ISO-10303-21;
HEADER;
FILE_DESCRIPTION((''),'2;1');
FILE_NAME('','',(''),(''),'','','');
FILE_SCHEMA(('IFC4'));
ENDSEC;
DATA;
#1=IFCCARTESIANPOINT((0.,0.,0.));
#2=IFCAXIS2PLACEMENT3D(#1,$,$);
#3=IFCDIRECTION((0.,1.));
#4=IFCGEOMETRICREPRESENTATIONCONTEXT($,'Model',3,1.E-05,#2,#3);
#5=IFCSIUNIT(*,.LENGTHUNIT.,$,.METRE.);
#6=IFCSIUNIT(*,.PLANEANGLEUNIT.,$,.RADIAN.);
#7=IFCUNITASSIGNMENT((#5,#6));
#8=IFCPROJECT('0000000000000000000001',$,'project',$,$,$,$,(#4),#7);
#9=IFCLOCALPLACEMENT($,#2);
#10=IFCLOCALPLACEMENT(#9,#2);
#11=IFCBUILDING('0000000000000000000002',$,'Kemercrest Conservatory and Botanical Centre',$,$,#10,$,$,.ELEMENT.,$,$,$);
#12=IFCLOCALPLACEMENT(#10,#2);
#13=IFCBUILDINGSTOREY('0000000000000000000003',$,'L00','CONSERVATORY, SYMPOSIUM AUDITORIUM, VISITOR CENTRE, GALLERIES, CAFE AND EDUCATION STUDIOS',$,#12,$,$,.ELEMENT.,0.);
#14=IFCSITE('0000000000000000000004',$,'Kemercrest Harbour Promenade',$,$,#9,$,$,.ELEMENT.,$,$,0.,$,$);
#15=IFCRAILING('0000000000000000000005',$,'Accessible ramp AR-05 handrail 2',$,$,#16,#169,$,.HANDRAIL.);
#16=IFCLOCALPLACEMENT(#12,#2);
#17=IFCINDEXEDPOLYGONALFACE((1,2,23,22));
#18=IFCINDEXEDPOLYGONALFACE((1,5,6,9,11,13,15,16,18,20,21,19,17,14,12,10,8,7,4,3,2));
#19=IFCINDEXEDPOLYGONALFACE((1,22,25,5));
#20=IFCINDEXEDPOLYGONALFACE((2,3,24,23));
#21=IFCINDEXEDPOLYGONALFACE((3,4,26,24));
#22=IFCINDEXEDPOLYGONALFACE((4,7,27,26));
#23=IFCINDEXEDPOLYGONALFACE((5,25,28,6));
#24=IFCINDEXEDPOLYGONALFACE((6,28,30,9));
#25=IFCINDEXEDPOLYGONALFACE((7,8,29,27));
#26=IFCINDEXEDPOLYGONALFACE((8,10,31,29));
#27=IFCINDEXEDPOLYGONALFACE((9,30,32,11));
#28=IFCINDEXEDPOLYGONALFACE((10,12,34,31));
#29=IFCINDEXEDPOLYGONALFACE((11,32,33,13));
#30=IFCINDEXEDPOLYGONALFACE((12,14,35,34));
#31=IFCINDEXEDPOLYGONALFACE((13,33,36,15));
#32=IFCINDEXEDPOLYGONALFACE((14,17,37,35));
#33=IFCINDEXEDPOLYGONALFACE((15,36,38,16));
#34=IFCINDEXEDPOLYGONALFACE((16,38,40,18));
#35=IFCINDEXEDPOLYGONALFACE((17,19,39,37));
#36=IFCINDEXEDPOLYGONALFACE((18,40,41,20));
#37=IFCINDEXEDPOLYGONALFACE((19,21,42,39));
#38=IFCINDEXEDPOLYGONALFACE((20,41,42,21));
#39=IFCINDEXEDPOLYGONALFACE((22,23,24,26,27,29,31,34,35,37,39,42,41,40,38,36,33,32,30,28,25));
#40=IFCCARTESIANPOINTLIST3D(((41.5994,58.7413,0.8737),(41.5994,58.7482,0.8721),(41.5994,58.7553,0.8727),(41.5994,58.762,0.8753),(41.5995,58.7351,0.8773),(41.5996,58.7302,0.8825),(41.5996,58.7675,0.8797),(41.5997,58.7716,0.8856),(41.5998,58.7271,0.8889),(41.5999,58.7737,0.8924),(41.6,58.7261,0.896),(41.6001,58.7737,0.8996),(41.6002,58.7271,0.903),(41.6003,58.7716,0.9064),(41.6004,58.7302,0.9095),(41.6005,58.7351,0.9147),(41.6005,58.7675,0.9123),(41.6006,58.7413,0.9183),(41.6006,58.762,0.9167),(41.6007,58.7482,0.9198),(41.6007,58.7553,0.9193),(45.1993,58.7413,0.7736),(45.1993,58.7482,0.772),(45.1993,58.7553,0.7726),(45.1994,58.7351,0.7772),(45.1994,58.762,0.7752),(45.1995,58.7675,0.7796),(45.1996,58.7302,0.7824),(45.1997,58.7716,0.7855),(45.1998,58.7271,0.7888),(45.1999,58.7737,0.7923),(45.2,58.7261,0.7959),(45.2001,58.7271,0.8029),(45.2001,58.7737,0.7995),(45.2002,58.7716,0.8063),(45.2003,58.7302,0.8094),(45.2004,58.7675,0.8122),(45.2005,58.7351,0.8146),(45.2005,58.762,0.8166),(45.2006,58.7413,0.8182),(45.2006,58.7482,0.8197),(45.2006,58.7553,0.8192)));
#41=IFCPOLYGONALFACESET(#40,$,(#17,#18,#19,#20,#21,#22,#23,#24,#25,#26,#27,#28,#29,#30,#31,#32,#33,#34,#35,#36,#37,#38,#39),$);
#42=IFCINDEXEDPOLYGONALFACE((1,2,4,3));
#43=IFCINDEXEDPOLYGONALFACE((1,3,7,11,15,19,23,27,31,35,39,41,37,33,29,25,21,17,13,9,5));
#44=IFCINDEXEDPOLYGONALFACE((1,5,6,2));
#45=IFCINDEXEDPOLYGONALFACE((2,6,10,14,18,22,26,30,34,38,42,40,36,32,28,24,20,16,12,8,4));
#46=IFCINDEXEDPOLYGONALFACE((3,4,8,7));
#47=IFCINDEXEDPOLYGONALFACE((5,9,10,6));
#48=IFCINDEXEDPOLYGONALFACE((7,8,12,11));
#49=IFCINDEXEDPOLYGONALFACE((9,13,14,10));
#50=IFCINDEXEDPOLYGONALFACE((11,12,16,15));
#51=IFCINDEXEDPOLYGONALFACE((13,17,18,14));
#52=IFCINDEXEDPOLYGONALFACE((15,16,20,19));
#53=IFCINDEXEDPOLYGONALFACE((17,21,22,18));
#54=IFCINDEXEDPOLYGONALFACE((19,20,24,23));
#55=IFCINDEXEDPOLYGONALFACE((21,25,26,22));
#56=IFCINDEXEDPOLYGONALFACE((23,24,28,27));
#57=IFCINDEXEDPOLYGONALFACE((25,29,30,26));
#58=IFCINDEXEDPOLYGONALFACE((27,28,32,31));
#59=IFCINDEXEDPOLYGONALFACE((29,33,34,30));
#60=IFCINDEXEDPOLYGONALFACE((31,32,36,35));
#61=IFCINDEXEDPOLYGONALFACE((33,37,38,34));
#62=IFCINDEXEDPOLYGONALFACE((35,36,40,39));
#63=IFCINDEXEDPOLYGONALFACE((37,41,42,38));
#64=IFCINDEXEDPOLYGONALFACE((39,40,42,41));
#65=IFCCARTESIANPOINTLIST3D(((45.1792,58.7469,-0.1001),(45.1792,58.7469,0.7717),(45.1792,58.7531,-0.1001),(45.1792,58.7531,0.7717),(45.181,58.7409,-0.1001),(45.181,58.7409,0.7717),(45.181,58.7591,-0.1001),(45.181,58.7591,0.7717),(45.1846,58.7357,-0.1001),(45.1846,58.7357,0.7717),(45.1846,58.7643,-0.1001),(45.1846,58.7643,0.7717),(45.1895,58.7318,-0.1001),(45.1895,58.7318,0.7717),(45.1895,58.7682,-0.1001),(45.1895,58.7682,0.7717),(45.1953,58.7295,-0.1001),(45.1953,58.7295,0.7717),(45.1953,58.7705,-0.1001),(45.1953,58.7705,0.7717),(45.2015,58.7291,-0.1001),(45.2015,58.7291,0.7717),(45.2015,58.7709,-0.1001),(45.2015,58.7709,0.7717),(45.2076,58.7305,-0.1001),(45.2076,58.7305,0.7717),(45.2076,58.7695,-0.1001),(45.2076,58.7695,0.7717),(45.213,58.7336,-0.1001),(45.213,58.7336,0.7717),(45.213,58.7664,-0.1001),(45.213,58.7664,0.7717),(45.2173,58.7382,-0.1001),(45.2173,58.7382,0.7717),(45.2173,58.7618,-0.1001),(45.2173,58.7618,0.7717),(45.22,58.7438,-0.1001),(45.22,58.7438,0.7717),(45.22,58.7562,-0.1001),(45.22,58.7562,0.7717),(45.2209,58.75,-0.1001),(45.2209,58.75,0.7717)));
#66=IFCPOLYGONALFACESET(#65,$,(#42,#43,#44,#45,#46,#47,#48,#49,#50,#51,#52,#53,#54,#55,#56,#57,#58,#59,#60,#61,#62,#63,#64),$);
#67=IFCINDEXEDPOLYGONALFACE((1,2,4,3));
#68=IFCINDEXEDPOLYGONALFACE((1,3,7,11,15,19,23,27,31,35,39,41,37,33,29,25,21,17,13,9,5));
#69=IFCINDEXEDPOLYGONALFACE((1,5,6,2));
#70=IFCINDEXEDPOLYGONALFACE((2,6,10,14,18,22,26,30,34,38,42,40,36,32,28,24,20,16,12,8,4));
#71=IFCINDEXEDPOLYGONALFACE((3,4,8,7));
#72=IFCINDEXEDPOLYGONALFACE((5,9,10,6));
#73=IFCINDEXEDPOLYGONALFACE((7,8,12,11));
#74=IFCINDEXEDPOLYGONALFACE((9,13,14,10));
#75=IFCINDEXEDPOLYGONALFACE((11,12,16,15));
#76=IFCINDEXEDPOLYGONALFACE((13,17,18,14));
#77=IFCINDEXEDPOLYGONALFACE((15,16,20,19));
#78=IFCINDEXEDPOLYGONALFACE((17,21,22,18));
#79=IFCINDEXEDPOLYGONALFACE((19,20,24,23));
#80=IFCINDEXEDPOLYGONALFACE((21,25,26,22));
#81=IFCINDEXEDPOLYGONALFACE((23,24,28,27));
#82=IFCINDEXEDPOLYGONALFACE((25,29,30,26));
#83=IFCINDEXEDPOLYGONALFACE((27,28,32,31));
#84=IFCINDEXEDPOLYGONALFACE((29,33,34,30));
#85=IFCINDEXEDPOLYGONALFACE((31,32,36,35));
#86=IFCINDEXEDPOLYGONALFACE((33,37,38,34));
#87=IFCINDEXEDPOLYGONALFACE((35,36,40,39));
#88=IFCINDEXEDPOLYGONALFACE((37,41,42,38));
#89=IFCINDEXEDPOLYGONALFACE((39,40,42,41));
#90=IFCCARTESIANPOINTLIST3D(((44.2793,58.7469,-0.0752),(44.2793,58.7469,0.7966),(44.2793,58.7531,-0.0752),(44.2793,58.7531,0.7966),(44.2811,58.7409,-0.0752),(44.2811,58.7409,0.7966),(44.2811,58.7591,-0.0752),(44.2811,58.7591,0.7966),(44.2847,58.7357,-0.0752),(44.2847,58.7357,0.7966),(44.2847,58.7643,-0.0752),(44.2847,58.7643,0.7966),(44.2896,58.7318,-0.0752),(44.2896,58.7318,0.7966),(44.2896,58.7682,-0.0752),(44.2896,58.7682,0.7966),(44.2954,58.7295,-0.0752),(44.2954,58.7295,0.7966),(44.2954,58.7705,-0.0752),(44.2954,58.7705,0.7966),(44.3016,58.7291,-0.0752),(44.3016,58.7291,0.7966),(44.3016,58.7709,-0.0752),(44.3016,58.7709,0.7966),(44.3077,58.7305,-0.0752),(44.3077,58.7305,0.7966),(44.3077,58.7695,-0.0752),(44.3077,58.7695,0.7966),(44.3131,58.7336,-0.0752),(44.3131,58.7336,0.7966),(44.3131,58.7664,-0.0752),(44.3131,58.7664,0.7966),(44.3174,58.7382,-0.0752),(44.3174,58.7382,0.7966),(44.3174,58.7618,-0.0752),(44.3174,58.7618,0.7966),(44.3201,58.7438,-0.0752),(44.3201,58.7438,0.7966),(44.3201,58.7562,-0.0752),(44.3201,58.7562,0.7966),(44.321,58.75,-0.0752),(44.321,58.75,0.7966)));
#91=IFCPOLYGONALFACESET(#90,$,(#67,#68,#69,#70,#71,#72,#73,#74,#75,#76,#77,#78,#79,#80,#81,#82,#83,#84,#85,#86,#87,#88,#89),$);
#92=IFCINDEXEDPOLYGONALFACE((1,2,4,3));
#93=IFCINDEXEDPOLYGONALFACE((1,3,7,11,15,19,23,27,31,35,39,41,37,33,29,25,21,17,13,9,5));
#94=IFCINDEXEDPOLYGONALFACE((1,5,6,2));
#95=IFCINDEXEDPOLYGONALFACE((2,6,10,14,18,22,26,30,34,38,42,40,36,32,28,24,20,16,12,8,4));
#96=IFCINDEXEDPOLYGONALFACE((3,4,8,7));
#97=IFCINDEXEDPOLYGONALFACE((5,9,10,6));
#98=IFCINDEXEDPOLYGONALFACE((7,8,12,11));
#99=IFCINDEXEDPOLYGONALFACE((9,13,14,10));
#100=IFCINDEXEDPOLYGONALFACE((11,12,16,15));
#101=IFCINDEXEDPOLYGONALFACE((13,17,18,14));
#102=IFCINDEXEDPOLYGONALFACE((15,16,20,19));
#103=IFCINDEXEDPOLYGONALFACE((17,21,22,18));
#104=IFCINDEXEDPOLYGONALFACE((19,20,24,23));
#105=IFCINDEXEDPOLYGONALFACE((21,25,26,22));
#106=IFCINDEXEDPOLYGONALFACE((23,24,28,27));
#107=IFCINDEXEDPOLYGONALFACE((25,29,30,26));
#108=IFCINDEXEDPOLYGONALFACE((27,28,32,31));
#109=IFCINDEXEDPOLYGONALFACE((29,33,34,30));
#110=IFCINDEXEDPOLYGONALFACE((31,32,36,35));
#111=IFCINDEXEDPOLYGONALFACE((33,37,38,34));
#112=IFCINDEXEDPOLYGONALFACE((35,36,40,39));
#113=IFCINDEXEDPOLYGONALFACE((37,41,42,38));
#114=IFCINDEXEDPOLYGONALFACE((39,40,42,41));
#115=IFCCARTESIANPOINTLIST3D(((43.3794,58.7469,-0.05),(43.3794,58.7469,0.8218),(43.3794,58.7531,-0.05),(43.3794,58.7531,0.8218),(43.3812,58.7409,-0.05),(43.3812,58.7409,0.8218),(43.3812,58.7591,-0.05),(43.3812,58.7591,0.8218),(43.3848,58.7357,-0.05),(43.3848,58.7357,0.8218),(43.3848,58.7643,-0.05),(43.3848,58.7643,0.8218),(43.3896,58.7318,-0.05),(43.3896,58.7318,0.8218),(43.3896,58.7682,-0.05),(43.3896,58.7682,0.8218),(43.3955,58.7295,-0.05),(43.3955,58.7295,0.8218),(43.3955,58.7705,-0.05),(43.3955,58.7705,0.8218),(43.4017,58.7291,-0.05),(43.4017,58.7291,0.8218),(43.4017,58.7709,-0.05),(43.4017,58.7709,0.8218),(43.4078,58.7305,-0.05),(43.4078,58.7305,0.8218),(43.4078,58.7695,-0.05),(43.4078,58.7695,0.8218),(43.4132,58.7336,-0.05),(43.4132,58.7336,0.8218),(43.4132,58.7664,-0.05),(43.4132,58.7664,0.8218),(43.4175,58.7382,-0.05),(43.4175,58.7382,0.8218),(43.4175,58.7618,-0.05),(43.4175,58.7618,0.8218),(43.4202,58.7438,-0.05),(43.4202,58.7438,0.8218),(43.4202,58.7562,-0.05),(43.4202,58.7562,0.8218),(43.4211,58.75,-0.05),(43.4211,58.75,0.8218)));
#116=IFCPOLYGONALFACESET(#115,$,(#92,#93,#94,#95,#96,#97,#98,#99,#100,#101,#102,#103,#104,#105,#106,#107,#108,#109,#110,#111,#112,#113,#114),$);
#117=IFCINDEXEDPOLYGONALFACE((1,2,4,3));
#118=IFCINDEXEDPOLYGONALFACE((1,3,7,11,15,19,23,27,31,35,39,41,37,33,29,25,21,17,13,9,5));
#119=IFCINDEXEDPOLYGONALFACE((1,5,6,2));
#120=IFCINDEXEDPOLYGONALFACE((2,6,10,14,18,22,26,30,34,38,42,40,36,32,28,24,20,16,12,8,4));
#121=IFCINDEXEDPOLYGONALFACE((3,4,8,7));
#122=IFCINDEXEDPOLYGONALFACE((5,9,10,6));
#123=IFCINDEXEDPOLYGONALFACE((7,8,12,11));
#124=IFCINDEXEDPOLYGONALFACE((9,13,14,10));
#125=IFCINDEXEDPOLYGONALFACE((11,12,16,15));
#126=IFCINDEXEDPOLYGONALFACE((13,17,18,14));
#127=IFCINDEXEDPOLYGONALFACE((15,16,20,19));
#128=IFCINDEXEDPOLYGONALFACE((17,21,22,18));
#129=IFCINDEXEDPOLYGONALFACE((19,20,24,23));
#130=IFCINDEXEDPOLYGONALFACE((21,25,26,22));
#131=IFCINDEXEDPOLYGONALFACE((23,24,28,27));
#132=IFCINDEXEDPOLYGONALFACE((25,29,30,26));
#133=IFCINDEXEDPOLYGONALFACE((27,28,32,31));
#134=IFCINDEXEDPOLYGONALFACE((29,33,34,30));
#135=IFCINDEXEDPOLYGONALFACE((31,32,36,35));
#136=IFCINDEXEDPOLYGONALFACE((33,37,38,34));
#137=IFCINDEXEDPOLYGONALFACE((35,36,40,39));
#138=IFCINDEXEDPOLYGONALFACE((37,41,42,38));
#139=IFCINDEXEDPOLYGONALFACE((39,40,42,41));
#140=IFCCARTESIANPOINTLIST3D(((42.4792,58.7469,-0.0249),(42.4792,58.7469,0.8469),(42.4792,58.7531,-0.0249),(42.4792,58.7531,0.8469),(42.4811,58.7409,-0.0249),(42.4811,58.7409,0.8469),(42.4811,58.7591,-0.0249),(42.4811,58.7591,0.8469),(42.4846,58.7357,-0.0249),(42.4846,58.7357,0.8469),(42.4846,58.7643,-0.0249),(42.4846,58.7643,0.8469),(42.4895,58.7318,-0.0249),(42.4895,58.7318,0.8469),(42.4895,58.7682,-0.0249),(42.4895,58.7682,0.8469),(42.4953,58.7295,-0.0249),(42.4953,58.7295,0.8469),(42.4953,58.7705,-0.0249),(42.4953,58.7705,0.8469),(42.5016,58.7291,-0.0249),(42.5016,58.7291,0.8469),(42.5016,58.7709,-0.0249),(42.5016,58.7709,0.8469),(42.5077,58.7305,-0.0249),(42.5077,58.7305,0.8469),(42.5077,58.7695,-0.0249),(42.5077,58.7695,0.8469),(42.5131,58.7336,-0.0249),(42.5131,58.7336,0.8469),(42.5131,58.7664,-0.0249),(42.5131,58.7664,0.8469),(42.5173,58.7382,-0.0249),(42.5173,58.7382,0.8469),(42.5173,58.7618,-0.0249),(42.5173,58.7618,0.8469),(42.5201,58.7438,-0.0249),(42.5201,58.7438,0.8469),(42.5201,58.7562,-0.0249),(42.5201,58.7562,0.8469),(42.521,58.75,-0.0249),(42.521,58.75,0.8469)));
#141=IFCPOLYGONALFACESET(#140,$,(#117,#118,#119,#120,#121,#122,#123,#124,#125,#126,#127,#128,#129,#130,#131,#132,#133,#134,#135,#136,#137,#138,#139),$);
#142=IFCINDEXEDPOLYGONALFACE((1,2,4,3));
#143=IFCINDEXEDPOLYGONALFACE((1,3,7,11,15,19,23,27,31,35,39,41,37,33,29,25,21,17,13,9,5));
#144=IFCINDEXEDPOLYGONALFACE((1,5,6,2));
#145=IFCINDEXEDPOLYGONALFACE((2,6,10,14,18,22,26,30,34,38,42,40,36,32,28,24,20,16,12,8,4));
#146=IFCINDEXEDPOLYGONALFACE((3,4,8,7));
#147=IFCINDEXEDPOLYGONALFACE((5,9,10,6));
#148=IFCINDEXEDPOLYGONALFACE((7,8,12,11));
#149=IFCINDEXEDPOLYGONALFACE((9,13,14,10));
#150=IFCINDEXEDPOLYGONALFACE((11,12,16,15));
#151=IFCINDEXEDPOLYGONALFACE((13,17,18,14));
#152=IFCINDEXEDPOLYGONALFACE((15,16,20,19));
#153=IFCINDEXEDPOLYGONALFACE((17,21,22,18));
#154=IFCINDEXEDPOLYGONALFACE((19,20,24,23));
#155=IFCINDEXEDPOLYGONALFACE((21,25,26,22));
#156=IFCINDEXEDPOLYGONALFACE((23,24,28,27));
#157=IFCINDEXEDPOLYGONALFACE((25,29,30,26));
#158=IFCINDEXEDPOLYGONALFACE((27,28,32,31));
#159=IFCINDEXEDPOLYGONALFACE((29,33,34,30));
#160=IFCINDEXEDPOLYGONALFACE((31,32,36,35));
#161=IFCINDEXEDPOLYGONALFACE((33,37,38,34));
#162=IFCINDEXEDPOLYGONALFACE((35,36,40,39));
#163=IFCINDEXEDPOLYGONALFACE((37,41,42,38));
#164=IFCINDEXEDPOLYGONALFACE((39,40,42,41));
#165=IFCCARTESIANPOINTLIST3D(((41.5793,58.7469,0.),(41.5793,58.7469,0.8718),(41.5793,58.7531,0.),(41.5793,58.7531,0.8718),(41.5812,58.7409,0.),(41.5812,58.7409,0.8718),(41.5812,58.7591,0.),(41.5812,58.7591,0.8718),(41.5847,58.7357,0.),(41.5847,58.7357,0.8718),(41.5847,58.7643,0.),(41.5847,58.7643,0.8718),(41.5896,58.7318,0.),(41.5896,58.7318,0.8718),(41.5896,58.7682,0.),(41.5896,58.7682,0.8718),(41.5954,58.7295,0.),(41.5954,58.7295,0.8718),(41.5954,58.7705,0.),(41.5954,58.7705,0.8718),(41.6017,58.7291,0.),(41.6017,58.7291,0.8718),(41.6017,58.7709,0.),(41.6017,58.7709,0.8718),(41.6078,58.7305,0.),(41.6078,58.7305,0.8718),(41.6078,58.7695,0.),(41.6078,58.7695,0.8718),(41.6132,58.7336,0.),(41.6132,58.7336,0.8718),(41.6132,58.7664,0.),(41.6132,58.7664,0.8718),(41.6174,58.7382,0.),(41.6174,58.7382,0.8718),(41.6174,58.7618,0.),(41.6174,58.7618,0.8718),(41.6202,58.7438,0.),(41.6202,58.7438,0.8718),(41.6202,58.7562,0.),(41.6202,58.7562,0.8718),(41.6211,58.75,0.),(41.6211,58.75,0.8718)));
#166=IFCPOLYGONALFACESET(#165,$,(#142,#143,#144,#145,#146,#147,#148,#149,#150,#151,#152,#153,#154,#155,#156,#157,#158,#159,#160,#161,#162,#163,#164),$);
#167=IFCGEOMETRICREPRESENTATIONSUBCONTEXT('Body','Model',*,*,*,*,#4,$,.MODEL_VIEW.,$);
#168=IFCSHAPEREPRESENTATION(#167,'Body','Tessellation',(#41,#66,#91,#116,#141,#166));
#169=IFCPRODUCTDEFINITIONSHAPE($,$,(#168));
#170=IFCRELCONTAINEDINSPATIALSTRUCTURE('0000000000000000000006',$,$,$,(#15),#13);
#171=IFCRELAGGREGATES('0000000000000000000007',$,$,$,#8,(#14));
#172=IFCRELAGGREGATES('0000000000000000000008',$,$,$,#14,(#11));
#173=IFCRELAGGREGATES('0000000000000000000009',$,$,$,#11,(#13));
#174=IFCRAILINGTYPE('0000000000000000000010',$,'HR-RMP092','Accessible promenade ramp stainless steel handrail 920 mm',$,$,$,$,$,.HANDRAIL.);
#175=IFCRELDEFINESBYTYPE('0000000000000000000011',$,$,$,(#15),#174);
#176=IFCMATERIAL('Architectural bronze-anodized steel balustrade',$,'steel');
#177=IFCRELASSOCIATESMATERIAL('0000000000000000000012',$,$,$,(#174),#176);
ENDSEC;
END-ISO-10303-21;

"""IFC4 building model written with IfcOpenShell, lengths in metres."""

from ifc_helpers import new_model, si_unit, direction, frame, origin, origin_2d, place, context, subcontext, project, spatial, circle, extrude, material, type_object, element, save


model = new_model("IFC4")

# Units and contexts
model_context = context("Model", 3, precision=1e-05, world=origin(), true_north=direction((0.0, 1.0)))
body_context = subcontext(model_context, "Body", "Model", "MODEL_VIEW")
ifc_project = project(units=[si_unit("LENGTHUNIT", "METRE"), si_unit("PLANEANGLEUNIT", "RADIAN")], contexts=[model_context])

# Site, building, storey
site_placement = place(None, origin())
site = spatial("IfcSite", under=ifc_project, at=site_placement, Name="Kemercrest Harbour Promenade", CompositionType="ELEMENT", RefElevation=0.0)
building_placement = place(site_placement, origin())
building = spatial("IfcBuilding", under=site, at=building_placement, Name="Kemercrest Conservatory and Botanical Centre", CompositionType="ELEMENT")
storey_placement = place(building_placement, origin())
storey = spatial("IfcBuildingStorey", under=building, at=storey_placement, Name="L00", Description="CONSERVATORY, SYMPOSIUM AUDITORIUM, VISITOR CENTRE, GALLERIES, CAFE AND EDUCATION STUDIOS", CompositionType="ELEMENT", Elevation=0.0)

# Railing
ifc_material_1 = material(Name="Architectural bronze-anodized steel balustrade", Category="steel")
railing_type_1 = type_object("IfcRailingType", Name="HR-RMP092", Description="Accessible promenade ramp stainless steel handrail 920 mm", PredefinedType="HANDRAIL", material=ifc_material_1)
for number, where, name in (
    (1, (45.2, 58.75, -0.1001), "Accessible ramp AR-05 handrail 2"),
):
    element("IfcRailing", number, at=place(storey_placement, frame(where)), inside=storey, type_object=railing_type_1, Name=name, PredefinedType="HANDRAIL", context=body_context, shape_type="SweptSolid", body=[
        extrude(circle(Radius=0.0239, at=origin_2d()), frame((0.0, 0.0, 0.896), z_axis=(-0.999614, 0.0, 0.027795), x_axis=(0.0, -1.0, 0.0)), (0.0, 0.0, 1.0), 3.6013),
        extrude(circle(Radius=0.021, at=origin_2d()), origin(), (0.0, 0.0, 1.0), 0.8718),
        extrude(circle(Radius=0.021, at=origin_2d()), frame((-0.8999, 0.0, 0.0249)), (0.0, 0.0, 1.0), 0.8718),
        extrude(circle(Radius=0.021, at=origin_2d()), frame((-1.7998, 0.0, 0.05)), (0.0, 0.0, 1.0), 0.8718),
        extrude(circle(Radius=0.021, at=origin_2d()), frame((-2.7, 0.0, 0.0752)), (0.0, 0.0, 1.0), 0.8718),
        extrude(circle(Radius=0.021, at=origin_2d()), frame((-3.5999, 0.0, 0.1001)), (0.0, 0.0, 1.0), 0.8718),
    ])

save(model, "model.ifc")
